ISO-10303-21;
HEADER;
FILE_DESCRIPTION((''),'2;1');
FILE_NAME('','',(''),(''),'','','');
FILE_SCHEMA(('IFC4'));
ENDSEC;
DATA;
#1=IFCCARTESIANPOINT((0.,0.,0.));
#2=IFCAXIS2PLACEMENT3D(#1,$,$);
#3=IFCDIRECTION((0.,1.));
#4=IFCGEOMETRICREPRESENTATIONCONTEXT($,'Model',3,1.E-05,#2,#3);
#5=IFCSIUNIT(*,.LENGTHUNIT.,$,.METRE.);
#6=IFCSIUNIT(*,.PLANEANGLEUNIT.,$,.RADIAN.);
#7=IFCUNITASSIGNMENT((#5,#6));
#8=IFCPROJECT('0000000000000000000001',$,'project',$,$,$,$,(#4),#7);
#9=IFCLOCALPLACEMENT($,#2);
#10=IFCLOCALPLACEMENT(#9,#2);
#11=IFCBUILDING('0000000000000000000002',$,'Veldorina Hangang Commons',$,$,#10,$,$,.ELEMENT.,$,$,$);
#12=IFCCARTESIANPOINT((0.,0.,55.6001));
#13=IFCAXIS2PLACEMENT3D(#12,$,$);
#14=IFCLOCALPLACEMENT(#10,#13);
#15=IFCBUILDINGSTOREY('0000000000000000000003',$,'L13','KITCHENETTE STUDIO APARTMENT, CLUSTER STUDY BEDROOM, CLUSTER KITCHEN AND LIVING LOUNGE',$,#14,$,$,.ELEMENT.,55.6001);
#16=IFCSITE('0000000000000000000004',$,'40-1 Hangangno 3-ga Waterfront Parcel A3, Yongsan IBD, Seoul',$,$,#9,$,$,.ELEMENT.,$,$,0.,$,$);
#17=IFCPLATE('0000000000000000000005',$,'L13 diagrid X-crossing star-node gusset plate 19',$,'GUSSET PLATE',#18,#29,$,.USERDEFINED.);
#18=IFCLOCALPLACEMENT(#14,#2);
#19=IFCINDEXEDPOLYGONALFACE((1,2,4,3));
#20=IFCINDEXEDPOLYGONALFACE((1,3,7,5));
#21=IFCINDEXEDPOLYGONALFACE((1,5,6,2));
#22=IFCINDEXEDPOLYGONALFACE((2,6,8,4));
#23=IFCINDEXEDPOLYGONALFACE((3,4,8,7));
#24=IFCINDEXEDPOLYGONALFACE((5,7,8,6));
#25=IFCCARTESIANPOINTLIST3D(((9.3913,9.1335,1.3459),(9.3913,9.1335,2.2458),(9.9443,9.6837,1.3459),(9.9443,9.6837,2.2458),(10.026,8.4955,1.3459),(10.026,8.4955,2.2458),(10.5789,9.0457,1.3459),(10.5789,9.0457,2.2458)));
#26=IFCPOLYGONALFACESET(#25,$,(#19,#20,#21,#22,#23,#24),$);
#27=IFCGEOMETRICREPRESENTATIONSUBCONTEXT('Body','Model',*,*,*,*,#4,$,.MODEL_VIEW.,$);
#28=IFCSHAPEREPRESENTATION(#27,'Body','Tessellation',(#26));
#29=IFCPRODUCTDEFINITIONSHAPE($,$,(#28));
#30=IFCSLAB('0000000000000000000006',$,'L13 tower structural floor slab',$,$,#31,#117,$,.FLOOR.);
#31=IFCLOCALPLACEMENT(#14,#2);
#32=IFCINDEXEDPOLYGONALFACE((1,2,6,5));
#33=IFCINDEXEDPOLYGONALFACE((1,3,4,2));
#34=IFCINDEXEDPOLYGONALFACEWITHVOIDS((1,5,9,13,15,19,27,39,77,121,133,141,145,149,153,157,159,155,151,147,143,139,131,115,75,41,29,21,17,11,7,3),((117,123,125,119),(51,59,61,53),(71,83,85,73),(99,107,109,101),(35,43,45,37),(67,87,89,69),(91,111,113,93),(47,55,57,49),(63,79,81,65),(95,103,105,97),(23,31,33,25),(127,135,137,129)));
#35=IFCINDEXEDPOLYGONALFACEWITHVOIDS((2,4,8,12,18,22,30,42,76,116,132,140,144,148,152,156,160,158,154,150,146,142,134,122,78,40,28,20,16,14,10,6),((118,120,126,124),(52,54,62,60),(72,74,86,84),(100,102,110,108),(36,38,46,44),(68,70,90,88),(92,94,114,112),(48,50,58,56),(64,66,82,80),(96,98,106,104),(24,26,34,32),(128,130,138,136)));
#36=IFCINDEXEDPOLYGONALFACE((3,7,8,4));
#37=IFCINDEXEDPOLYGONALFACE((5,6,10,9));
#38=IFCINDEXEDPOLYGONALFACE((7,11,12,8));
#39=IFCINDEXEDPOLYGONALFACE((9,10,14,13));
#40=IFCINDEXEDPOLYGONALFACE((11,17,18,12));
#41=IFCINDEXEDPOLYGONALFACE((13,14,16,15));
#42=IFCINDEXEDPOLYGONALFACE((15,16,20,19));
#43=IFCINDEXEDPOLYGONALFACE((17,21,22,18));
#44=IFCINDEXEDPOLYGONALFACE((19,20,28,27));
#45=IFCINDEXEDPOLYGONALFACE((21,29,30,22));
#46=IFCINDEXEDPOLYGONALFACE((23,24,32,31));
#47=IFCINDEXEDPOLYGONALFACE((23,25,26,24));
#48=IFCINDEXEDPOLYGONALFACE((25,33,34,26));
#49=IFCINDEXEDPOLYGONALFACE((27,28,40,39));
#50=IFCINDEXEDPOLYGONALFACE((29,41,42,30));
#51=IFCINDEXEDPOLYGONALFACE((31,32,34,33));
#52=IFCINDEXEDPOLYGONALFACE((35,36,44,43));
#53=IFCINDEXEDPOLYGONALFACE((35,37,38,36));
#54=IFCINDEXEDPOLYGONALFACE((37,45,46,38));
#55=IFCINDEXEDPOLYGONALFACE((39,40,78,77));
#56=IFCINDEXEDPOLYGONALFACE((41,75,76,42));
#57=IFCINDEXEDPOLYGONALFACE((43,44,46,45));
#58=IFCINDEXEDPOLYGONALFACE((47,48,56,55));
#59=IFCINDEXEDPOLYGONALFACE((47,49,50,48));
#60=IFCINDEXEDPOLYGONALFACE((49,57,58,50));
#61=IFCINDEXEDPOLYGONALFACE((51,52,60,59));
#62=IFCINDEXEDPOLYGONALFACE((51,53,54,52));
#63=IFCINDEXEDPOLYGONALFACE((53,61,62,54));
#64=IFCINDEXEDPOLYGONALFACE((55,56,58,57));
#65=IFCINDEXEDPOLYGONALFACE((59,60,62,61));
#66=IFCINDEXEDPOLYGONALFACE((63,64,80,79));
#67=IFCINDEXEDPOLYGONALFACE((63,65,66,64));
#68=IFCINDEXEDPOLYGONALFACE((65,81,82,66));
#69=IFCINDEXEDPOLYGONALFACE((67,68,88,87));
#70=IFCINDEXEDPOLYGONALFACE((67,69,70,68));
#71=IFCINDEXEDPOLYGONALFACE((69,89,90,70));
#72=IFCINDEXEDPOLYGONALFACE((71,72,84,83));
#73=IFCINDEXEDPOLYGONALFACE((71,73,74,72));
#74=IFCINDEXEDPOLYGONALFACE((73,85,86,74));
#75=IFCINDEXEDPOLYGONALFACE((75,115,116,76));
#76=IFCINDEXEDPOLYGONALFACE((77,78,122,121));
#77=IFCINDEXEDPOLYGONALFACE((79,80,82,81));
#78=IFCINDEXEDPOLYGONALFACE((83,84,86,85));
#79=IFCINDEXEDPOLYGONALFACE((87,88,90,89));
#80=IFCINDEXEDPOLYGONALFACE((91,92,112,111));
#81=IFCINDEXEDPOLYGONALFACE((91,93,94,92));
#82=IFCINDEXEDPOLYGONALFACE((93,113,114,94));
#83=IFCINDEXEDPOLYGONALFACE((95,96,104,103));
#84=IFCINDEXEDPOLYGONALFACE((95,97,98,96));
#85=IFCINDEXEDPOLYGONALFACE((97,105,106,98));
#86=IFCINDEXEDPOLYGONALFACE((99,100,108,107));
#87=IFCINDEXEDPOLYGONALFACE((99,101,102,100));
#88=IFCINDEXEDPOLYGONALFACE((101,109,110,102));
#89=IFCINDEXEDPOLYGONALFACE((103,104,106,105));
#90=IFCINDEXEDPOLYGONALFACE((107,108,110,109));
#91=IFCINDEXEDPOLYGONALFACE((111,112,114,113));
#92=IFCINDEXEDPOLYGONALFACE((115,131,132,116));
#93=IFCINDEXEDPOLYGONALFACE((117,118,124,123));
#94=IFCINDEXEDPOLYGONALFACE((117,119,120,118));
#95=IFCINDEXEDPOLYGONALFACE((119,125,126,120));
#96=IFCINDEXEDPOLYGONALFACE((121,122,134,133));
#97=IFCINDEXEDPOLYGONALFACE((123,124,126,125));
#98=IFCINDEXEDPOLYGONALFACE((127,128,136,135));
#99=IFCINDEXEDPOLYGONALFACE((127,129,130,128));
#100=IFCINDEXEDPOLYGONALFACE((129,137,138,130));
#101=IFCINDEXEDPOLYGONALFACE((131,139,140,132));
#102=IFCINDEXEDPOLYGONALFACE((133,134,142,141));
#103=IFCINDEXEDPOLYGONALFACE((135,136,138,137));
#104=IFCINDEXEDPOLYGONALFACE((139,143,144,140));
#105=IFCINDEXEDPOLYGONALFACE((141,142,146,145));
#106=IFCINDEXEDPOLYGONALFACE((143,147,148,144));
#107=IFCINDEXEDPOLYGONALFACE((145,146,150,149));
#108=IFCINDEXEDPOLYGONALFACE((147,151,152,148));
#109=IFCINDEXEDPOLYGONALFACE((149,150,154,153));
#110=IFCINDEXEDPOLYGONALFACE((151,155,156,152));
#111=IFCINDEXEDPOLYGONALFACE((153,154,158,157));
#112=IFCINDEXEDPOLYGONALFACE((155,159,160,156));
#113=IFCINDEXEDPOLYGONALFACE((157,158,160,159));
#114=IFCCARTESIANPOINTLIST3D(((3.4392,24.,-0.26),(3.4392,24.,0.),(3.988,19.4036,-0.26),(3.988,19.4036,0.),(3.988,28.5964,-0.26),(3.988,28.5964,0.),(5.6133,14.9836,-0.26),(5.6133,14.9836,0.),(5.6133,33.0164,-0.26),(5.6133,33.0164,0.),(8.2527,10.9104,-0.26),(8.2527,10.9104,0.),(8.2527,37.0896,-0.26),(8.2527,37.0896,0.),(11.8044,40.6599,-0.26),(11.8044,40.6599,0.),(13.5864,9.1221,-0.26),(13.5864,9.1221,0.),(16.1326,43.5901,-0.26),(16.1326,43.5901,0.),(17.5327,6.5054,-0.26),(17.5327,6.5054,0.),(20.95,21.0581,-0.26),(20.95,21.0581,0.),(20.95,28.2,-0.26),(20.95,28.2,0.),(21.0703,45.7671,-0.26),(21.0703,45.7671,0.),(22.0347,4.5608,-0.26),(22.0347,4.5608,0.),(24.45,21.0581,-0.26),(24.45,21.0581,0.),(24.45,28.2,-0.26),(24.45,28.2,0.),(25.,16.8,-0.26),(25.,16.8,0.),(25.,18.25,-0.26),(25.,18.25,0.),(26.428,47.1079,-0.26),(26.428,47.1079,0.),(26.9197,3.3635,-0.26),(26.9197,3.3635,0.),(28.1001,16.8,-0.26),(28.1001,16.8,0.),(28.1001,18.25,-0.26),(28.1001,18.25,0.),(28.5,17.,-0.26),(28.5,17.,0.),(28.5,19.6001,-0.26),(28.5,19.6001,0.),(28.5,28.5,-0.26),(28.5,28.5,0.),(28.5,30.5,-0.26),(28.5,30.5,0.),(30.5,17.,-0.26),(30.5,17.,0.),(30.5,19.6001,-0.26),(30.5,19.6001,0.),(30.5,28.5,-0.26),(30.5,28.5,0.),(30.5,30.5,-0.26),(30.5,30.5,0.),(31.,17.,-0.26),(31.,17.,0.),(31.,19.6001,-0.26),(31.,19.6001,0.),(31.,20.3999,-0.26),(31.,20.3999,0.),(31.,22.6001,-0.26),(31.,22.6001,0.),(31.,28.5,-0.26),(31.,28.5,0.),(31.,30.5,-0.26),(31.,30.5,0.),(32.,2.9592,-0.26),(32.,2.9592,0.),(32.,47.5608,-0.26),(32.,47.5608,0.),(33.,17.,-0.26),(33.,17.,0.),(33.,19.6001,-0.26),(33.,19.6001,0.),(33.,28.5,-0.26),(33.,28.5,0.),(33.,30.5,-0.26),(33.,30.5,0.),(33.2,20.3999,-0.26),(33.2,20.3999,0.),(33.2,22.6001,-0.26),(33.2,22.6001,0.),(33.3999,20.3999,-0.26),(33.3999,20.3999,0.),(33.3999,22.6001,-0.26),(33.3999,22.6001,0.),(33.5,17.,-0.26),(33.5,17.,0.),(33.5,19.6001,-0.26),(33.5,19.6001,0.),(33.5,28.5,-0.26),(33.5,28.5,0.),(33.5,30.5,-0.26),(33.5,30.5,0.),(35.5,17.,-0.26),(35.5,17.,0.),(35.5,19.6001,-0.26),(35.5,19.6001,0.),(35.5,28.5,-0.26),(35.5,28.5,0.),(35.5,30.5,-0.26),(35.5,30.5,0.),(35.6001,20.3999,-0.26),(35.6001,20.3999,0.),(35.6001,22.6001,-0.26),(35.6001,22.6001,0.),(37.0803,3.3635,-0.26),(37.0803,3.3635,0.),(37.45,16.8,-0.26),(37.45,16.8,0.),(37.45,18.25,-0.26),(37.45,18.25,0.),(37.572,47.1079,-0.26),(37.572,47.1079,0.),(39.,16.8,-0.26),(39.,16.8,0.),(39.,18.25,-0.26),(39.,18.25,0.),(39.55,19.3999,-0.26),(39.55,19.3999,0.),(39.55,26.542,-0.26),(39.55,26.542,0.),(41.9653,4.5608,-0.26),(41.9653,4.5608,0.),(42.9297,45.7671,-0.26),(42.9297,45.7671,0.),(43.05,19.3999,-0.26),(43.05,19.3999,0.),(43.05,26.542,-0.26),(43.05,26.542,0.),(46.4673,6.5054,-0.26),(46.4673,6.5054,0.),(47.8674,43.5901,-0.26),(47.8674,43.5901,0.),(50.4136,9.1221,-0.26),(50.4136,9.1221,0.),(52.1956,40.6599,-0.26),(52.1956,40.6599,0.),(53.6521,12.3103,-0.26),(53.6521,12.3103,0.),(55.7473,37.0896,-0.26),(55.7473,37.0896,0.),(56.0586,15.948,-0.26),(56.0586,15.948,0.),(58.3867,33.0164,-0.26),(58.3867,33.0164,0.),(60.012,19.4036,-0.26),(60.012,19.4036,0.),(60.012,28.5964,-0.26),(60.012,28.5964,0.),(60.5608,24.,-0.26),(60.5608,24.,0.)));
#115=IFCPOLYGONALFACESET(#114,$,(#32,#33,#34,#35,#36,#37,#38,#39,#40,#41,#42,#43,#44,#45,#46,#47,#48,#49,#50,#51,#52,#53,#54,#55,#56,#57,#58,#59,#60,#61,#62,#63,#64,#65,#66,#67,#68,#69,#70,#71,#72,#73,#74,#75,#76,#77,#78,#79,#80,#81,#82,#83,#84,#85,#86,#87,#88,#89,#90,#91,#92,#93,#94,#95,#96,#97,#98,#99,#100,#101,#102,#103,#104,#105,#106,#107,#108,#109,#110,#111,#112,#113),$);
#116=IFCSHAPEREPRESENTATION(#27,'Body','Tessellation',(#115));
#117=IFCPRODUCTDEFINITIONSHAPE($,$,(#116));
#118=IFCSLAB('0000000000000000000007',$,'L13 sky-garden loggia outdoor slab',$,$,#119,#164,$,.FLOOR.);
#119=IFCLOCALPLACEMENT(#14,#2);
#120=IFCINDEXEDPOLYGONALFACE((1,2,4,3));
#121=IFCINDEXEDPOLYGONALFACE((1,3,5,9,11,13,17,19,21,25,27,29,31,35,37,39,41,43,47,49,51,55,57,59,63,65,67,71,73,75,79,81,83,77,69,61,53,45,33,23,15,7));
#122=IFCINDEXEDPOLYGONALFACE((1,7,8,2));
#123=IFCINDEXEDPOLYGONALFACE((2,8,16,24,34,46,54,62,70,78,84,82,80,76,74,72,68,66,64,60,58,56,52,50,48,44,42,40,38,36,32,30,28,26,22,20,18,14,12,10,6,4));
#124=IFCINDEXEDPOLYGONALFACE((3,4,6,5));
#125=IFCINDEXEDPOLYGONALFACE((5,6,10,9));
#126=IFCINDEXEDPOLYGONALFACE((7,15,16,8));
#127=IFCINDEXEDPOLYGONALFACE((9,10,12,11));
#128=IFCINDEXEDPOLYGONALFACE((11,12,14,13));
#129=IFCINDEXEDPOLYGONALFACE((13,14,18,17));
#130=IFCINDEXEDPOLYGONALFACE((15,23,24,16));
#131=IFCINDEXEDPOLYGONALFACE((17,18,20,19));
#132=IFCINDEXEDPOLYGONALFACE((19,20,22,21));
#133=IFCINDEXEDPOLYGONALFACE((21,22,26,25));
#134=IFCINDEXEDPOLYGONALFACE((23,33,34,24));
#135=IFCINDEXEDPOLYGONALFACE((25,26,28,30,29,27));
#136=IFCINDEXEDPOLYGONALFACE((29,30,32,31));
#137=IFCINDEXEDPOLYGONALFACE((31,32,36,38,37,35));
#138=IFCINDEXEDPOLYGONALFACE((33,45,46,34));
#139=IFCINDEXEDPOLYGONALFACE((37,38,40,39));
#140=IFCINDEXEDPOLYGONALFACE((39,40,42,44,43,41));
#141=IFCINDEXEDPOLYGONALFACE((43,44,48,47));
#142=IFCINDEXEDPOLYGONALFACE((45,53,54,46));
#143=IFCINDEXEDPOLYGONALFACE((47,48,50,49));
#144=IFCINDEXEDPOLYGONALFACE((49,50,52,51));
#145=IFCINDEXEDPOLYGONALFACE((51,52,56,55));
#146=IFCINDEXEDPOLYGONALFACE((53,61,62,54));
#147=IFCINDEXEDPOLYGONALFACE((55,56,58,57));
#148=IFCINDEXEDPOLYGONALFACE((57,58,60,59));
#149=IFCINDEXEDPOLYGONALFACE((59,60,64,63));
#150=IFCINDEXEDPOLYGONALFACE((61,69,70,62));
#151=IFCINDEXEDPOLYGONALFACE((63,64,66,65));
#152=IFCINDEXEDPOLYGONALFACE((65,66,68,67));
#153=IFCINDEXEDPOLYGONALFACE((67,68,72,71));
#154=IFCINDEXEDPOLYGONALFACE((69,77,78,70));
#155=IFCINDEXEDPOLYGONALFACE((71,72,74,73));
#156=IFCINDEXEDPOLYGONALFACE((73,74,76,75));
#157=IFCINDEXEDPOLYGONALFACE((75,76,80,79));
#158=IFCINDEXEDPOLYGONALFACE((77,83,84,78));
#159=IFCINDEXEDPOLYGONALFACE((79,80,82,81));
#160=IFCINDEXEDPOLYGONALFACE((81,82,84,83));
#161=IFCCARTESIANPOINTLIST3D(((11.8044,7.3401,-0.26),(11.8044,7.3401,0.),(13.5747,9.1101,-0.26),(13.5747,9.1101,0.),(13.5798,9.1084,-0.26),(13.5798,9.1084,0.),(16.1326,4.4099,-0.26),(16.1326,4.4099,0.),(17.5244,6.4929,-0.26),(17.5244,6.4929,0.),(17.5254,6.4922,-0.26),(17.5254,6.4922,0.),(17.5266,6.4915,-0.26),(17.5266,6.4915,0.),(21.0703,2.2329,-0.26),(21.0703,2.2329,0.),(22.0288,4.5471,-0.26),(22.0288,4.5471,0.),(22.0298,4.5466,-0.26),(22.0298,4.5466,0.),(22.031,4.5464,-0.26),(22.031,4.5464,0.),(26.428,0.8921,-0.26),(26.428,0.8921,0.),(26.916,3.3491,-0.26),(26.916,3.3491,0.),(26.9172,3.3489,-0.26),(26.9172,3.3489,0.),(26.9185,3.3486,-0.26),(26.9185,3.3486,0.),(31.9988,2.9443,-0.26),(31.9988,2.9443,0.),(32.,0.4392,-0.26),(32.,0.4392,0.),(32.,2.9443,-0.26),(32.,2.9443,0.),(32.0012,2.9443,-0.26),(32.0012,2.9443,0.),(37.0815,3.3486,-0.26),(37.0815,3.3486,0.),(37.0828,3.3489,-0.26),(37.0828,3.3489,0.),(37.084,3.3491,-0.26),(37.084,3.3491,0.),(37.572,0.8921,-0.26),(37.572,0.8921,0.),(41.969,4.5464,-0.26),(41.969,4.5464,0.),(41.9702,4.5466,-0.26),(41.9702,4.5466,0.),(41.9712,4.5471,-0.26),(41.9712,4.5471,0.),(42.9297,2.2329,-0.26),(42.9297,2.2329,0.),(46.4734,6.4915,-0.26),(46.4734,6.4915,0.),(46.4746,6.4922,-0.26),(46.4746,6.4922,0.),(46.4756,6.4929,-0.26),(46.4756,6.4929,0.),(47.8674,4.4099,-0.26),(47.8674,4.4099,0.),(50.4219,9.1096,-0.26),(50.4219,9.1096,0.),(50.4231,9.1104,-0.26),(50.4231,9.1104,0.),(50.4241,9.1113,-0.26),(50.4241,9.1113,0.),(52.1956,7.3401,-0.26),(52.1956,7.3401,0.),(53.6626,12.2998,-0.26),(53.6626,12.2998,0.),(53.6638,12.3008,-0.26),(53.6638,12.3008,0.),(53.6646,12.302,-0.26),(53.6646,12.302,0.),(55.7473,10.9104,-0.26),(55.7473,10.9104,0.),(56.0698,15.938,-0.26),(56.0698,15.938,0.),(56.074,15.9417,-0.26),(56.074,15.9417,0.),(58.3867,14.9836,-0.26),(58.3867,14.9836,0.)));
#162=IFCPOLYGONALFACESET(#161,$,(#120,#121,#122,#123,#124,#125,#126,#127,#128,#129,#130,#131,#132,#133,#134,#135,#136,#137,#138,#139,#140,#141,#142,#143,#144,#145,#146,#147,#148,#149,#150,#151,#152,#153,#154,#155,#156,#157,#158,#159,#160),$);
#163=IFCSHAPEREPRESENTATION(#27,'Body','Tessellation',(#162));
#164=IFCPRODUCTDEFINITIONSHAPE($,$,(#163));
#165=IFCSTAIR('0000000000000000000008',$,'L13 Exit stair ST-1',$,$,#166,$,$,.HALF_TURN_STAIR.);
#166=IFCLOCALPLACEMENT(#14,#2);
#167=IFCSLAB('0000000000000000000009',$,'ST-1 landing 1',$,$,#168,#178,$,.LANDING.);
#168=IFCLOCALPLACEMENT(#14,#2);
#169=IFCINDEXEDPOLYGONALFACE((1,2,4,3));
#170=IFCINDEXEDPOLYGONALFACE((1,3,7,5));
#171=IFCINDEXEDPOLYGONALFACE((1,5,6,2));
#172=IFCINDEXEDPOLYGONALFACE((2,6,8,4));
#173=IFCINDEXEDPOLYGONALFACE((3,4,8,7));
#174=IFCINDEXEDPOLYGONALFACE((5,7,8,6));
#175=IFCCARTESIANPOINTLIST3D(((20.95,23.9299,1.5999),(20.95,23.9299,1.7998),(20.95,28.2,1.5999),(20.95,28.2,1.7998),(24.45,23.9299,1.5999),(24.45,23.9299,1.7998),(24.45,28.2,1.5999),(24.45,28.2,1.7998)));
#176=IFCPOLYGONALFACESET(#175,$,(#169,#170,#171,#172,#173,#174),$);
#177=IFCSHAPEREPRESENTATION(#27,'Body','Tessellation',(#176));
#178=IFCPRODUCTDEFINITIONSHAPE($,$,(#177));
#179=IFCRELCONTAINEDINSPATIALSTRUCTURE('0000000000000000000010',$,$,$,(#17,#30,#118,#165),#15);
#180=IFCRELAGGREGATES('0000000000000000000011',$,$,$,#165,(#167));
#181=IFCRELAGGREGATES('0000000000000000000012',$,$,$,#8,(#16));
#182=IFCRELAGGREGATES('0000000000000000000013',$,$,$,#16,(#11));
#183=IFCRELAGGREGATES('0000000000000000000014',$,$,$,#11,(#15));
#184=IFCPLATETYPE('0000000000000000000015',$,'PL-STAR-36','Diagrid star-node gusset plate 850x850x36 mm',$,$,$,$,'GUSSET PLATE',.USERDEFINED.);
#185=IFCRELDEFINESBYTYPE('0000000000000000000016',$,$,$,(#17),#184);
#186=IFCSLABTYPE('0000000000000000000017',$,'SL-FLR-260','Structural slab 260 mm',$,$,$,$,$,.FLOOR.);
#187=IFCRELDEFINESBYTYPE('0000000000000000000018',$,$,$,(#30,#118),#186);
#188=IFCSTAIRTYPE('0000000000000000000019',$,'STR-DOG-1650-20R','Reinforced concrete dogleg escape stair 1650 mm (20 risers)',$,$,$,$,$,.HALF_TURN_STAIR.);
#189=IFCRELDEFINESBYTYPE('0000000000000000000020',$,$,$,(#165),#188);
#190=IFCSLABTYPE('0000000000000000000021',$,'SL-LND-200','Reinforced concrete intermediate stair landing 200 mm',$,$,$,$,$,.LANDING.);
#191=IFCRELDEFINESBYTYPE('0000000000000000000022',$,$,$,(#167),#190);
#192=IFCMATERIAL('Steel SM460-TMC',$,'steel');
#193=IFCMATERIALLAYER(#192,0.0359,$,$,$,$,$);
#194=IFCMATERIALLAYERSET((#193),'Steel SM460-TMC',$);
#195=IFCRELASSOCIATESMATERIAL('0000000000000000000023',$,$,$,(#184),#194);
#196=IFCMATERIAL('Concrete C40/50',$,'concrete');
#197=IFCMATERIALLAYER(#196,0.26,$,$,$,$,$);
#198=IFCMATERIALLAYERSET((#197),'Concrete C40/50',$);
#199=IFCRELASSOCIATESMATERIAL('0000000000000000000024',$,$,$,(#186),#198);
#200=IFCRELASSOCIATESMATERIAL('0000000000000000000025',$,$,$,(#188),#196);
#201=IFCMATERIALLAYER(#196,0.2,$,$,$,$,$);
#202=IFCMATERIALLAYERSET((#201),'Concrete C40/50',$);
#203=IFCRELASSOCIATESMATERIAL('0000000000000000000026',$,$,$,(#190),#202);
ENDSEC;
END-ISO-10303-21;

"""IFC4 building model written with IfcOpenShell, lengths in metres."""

from ifc_helpers import new_model, si_unit, direction, frame, origin, origin_2d, place, context, subcontext, project, spatial, polyline, rectangle, outline, extrude, material, layer, layer_set, type_object, element, aggregate, save


model = new_model("IFC4")

# Units and contexts
model_context = context("Model", 3, precision=1e-05, world=origin(), true_north=direction((0.0, 1.0)))
body_context = subcontext(model_context, "Body", "Model", "MODEL_VIEW")
ifc_project = project(units=[si_unit("LENGTHUNIT", "METRE"), si_unit("PLANEANGLEUNIT", "RADIAN")], contexts=[model_context])

# Site, building, storey
site_placement = place(None, origin())
site = spatial("IfcSite", under=ifc_project, at=site_placement, Name="40-1 Hangangno 3-ga Waterfront Parcel A3, Yongsan IBD, Seoul", CompositionType="ELEMENT", RefElevation=0.0)
building_placement = place(site_placement, origin())
building = spatial("IfcBuilding", under=site, at=building_placement, Name="Veldorina Hangang Commons", CompositionType="ELEMENT")
storey_placement = place(building_placement, frame((0.0, 0.0, 55.6001)))
storey = spatial("IfcBuildingStorey", under=building, at=storey_placement, Name="L13", Description="KITCHENETTE STUDIO APARTMENT, CLUSTER STUDY BEDROOM, CLUSTER KITCHEN AND LIVING LOUNGE", CompositionType="ELEMENT", Elevation=55.6001)

# Shared definitions
ifc_material_1 = material(Name="Steel SM460-TMC", Category="steel")

# Plate
ifc_layer_1 = layer(ifc_material_1, 0.0359)
ifc_layer_set_1 = layer_set([ifc_layer_1], Name="Steel SM460-TMC")
plate_type = type_object("IfcPlateType", Name="PL-STAR-36", Description="Diagrid star-node gusset plate 850x850x36 mm", ElementType="GUSSET PLATE", PredefinedType="USERDEFINED", material=ifc_layer_set_1)
plate_1_placement = place(storey_placement, frame((9.9851, 9.0896, 1.3459), z_axis=(0.0, 0.0, 1.0), x_axis=(0.705278, -0.708931, 0.0)))
element("IfcPlate", 1, at=plate_1_placement, inside=storey, type_object=plate_type, Name="L13 diagrid X-crossing star-node gusset plate 19", ObjectType="GUSSET PLATE", PredefinedType="USERDEFINED", context=body_context, shape_type="SweptSolid", body=[
    extrude(rectangle(XDim=0.8999, YDim=0.78, at=origin_2d()), origin(), (0.0, 0.0, 1.0), 0.8999),
])

# Slabs
ifc_material_2 = material(Name="Concrete C40/50", Category="concrete")
ifc_layer_2 = layer(ifc_material_2, 0.26)
ifc_layer_set_2 = layer_set([ifc_layer_2], Name="Concrete C40/50")
slab_type_1 = type_object("IfcSlabType", Name="SL-FLR-260", Description="Structural slab 260 mm", PredefinedType="FLOOR", material=ifc_layer_set_2)
slab_1_placement = place(storey_placement, frame((0.0, 0.0, -0.26)))
element("IfcSlab", 2, at=slab_1_placement, inside=storey, type_object=slab_type_1, Name="L13 tower structural floor slab", PredefinedType="FLOOR", context=body_context, shape_type="SweptSolid", body=[
    extrude(outline(polyline([(60.5608, 24.0), (60.012, 28.5964), (58.3867, 33.0164), (55.7473, 37.0896), (52.1956, 40.6599), (47.8674, 43.5901), (42.9297, 45.7671), (37.572, 47.1079), (32.0, 47.5608), (26.428, 47.1079), (21.0703, 45.7671), (16.1326, 43.5901), (11.8044, 40.6599), (8.2527, 37.0896), (5.6133, 33.0164), (3.988, 28.5964), (3.4392, 24.0), (3.988, 19.4036), (5.6133, 14.9836), (8.2527, 10.9104), (13.5864, 9.1221), (17.5327, 6.5054), (22.0347, 4.5608), (26.9197, 3.3635), (32.0, 2.9592), (37.0803, 3.3635), (41.9653, 4.5608), (46.4673, 6.5054), (50.4136, 9.1221), (53.6521, 12.3103), (56.0586, 15.948), (60.012, 19.4036), (60.5608, 24.0)]), holes=[polyline([(20.95, 21.0581), (20.95, 28.2), (24.45, 28.2), (24.45, 21.0581), (20.95, 21.0581)]), polyline([(43.05, 26.542), (43.05, 19.3999), (39.55, 19.3999), (39.55, 26.542), (43.05, 26.542)]), polyline([(28.5, 30.5), (30.5, 30.5), (30.5, 28.5), (28.5, 28.5), (28.5, 30.5)]), polyline([(31.0, 30.5), (33.0, 30.5), (33.0, 28.5), (31.0, 28.5), (31.0, 30.5)]), polyline([(33.5, 30.5), (35.5, 30.5), (35.5, 28.5), (33.5, 28.5), (33.5, 30.5)]), polyline([(31.0, 22.6001), (33.2, 22.6001), (33.2, 20.3999), (31.0, 20.3999), (31.0, 22.6001)]), polyline([(33.3999, 22.6001), (35.6001, 22.6001), (35.6001, 20.3999), (33.3999, 20.3999), (33.3999, 22.6001)]), polyline([(28.5, 19.6001), (30.5, 19.6001), (30.5, 17.0), (28.5, 17.0), (28.5, 19.6001)]), polyline([(31.0, 19.6001), (33.0, 19.6001), (33.0, 17.0), (31.0, 17.0), (31.0, 19.6001)]), polyline([(33.5, 19.6001), (35.5, 19.6001), (35.5, 17.0), (33.5, 17.0), (33.5, 19.6001)]), polyline([(25.0, 18.25), (28.1001, 18.25), (28.1001, 16.8), (25.0, 16.8), (25.0, 18.25)]), polyline([(37.45, 18.25), (39.0, 18.25), (39.0, 16.8), (37.45, 16.8), (37.45, 18.25)])]), origin(), (0.0, 0.0, 1.0), 0.26),
])
slab_2_placement = place(storey_placement, frame((0.0, 0.0, -0.26)))
element("IfcSlab", 3, at=slab_2_placement, inside=storey, type_object=slab_type_1, Name="L13 sky-garden loggia outdoor slab", PredefinedType="FLOOR", context=body_context, shape_type="SweptSolid", body=[
    extrude(outline(polyline([(58.3867, 14.9836), (55.7473, 10.9104), (52.1956, 7.3401), (47.8674, 4.4099), (42.9297, 2.2329), (37.572, 0.8921), (32.0, 0.4392), (26.428, 0.8921), (21.0703, 2.2329), (16.1326, 4.4099), (11.8044, 7.3401), (13.5747, 9.1101), (13.5798, 9.1084), (17.5244, 6.4929), (17.5254, 6.4922), (17.5266, 6.4915), (22.0288, 4.5471), (22.0298, 4.5466), (22.031, 4.5464), (26.916, 3.3491), (26.9172, 3.3489), (26.9185, 3.3486), (31.9988, 2.9443), (32.0, 2.9443), (32.0012, 2.9443), (37.0815, 3.3486), (37.0828, 3.3489), (37.084, 3.3491), (41.969, 4.5464), (41.9702, 4.5466), (41.9712, 4.5471), (46.4734, 6.4915), (46.4746, 6.4922), (46.4756, 6.4929), (50.4219, 9.1096), (50.4231, 9.1104), (50.4241, 9.1113), (53.6626, 12.2998), (53.6638, 12.3008), (53.6646, 12.302), (56.0698, 15.938), (56.074, 15.9417), (58.3867, 14.9836)])), origin(), (0.0, 0.0, 1.0), 0.26),
])

# Stair, slab
stair_type = type_object("IfcStairType", Name="STR-DOG-1650-20R", Description="Reinforced concrete dogleg escape stair 1650 mm (20 risers)", PredefinedType="HALF_TURN_STAIR", material=ifc_material_2)
stair_1_placement = place(storey_placement, origin())
stair_1 = element("IfcStair", 4, at=stair_1_placement, inside=storey, type_object=stair_type, Name="L13 Exit stair ST-1", PredefinedType="HALF_TURN_STAIR")
ifc_layer_3 = layer(ifc_material_2, 0.2)
ifc_layer_set_3 = layer_set([ifc_layer_3], Name="Concrete C40/50")
slab_type_2 = type_object("IfcSlabType", Name="SL-LND-200", Description="Reinforced concrete intermediate stair landing 200 mm", PredefinedType="LANDING", material=ifc_layer_set_3)
slab_3_placement = place(storey_placement, frame((0.0, 0.0, 1.5999)))
slab_3 = element("IfcSlab", 5, at=slab_3_placement, type_object=slab_type_2, Name="ST-1 landing 1", PredefinedType="LANDING", context=body_context, shape_type="SweptSolid", body=[
    extrude(outline(polyline([(24.45, 23.9299), (24.45, 28.2), (20.95, 28.2), (20.95, 23.9299), (24.45, 23.9299)])), origin(), (0.0, 0.0, 1.0), 0.2),
])
aggregate(stair_1, [slab_3])

save(model, "model.ifc")
